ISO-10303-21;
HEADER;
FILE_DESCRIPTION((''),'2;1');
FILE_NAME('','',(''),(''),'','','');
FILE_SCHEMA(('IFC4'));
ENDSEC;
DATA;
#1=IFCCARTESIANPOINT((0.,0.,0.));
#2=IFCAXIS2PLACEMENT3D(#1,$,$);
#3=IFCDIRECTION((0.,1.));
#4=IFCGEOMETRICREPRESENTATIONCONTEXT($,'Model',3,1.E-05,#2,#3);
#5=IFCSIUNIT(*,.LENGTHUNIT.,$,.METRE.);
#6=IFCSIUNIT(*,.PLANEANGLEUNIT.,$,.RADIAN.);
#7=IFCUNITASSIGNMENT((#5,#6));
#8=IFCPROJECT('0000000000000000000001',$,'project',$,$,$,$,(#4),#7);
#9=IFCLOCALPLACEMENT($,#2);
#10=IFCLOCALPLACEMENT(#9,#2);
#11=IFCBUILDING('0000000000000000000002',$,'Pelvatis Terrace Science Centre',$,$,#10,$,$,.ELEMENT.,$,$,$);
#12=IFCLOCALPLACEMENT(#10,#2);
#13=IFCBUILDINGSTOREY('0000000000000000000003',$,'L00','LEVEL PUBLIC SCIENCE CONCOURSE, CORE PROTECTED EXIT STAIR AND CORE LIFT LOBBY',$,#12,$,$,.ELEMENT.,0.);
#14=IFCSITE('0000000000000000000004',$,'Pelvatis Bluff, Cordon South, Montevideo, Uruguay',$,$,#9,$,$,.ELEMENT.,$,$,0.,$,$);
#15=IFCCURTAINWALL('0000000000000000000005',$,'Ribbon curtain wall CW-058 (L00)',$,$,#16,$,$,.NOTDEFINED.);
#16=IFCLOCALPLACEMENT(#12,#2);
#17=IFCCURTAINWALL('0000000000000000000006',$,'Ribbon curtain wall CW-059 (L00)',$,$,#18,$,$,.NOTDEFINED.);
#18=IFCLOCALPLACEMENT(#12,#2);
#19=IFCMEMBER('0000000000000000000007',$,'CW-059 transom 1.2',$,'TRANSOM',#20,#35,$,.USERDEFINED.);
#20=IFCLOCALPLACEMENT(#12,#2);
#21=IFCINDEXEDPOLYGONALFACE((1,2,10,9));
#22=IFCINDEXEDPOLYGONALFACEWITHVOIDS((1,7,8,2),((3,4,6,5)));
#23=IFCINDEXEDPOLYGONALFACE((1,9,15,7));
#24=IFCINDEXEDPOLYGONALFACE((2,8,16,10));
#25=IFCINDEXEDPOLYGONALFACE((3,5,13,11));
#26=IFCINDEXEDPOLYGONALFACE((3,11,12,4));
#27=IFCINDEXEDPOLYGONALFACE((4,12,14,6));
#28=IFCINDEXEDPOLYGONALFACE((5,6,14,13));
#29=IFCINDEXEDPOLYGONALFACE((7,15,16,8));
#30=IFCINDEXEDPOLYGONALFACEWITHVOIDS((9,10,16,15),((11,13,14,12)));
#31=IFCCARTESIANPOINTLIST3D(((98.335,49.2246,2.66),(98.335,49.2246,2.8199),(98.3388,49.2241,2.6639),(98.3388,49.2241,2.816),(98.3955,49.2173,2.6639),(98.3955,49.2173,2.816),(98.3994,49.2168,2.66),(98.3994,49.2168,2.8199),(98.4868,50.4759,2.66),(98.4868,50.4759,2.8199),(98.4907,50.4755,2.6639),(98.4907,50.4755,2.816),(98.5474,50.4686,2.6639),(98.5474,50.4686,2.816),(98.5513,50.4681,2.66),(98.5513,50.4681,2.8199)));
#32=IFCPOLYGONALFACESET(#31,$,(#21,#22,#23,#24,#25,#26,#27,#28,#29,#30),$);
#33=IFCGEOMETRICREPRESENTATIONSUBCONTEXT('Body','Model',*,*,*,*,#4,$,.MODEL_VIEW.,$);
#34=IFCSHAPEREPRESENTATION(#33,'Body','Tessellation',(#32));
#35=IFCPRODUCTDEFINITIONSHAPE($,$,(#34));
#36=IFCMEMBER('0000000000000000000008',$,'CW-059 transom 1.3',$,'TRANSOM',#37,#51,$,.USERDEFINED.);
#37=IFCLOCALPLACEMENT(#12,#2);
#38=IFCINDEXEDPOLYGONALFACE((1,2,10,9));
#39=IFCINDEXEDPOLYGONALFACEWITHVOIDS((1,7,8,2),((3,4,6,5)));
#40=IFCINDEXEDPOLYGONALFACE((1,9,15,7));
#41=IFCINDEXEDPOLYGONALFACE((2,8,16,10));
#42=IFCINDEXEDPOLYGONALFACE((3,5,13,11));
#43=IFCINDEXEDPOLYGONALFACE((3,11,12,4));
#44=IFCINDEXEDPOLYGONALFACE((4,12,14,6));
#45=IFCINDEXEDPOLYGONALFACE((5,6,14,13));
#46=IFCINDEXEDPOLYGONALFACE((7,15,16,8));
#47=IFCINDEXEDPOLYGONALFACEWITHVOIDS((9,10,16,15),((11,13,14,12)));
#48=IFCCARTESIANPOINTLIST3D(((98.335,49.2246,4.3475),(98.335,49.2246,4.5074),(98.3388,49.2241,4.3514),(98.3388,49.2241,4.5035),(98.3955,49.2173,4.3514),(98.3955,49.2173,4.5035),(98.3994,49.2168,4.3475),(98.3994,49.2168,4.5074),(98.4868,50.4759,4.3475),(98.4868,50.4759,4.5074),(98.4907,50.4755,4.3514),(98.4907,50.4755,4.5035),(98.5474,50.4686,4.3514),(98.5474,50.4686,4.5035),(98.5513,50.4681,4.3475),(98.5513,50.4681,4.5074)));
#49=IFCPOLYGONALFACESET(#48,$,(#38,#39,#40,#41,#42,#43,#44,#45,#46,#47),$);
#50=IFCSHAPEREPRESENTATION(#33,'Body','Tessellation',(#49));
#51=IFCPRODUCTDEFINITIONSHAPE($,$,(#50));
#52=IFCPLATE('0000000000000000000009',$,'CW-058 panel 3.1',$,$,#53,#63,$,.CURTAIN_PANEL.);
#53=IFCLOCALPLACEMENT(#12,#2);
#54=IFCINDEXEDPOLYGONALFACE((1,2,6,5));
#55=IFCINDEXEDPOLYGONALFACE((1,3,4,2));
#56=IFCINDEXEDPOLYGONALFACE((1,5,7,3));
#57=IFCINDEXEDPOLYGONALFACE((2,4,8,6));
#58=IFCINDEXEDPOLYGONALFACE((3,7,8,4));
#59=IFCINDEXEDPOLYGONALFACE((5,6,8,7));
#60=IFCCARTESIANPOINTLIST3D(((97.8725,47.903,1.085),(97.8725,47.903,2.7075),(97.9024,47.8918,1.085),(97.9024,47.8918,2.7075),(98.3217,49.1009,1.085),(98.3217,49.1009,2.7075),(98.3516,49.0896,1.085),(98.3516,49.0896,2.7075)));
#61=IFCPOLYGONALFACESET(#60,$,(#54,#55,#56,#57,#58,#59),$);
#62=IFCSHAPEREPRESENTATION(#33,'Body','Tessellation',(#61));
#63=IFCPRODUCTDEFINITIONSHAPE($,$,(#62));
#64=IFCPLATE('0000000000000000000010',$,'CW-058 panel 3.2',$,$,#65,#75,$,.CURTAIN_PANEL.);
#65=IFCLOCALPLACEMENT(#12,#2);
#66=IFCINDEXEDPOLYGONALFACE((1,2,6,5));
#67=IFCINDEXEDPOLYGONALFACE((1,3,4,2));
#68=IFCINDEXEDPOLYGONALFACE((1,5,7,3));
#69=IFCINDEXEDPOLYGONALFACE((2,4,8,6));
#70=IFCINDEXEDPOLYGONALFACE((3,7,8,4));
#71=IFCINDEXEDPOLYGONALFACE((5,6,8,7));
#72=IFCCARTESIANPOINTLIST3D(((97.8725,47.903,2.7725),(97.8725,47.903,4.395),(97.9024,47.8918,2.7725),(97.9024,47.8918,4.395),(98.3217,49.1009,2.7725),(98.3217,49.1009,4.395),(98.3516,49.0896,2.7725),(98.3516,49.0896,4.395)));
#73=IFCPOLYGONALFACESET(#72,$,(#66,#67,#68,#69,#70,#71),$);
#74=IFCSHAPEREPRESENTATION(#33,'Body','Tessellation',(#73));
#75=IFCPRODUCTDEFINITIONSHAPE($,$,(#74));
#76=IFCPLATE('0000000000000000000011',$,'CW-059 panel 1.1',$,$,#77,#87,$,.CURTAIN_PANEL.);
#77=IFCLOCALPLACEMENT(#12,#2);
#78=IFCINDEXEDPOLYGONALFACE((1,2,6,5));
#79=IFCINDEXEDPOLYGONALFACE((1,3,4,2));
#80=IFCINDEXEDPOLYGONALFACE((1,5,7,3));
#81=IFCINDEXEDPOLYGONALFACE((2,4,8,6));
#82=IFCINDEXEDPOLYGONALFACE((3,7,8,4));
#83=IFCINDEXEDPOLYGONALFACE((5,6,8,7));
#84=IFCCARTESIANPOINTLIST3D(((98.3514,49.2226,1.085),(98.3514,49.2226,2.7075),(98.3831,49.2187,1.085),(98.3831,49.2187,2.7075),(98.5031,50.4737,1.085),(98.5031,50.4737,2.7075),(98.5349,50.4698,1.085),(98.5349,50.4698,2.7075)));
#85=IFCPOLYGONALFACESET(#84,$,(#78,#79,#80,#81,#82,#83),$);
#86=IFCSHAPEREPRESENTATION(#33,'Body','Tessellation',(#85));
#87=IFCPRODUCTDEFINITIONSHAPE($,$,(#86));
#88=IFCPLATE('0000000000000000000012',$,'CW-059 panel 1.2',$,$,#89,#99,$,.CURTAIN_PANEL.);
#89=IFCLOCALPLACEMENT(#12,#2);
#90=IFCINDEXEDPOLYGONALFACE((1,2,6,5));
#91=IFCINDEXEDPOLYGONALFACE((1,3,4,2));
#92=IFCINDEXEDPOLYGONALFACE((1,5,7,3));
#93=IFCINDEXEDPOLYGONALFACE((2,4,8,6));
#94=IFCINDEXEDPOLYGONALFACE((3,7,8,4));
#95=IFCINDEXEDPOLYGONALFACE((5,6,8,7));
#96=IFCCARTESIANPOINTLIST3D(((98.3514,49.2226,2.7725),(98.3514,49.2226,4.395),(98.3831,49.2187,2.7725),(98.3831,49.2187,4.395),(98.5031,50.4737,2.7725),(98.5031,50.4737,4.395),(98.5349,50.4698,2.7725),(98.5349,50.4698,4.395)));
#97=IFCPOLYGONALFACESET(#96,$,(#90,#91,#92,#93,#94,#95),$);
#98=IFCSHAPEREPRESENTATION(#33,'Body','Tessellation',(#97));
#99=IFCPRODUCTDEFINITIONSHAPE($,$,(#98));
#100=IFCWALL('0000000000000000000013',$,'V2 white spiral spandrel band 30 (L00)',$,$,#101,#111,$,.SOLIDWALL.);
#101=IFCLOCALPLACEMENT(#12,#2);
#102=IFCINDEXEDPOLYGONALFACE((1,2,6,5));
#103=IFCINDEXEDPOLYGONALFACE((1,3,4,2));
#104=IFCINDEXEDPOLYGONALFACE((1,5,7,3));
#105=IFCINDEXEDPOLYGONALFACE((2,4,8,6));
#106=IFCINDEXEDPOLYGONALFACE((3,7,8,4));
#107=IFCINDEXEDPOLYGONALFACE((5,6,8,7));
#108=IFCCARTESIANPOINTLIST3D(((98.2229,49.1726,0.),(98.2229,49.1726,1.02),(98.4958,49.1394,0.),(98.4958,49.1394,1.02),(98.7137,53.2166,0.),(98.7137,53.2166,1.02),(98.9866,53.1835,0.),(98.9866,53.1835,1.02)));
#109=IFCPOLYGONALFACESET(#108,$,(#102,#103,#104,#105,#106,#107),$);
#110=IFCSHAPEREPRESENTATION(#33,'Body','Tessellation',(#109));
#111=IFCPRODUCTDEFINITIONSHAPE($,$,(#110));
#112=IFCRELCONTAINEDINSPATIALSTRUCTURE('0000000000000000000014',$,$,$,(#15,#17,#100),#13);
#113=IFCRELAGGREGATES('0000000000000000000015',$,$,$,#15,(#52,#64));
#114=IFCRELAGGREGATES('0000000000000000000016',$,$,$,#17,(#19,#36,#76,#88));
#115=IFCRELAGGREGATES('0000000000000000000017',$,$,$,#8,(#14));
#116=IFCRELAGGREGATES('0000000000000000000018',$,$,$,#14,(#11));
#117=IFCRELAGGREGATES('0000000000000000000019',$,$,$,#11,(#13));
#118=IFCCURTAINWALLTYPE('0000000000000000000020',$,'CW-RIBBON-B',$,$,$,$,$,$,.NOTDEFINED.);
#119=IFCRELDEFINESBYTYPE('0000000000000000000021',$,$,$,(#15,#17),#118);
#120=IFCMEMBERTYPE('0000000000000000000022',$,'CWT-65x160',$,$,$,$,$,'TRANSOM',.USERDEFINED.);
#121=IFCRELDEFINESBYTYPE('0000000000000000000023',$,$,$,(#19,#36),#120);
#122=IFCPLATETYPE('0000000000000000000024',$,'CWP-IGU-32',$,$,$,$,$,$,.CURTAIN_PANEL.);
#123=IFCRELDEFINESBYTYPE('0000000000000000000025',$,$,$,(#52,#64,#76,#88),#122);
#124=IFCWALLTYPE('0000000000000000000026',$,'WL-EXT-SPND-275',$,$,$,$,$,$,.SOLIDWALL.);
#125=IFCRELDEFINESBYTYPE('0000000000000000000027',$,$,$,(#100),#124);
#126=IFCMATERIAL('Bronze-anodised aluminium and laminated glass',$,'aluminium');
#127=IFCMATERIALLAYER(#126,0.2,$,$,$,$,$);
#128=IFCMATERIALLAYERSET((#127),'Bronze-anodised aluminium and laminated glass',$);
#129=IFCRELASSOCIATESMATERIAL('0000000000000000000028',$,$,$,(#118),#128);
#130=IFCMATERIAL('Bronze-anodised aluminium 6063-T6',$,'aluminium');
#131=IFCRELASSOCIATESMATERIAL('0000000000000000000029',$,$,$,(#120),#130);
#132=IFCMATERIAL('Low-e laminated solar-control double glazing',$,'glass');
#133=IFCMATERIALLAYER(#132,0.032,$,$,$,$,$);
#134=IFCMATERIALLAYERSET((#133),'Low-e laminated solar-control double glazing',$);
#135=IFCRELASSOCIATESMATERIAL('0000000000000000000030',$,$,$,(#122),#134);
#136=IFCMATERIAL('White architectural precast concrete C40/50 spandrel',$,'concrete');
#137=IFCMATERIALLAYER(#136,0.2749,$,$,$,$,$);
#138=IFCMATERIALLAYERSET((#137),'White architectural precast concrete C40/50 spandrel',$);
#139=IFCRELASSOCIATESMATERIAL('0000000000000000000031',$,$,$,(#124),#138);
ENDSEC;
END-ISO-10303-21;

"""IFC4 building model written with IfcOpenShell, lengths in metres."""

from ifc_helpers import new_model, si_unit, direction, frame, frame_2d, origin, origin_2d, place, context, subcontext, project, spatial, rectangle, hollow_rectangle, extrude, material, layer, layer_set, material_profile, profile_set, type_object, element, aggregate, save


model = new_model("IFC4")

# Units and contexts
model_context = context("Model", 3, precision=1e-05, world=origin(), true_north=direction((0.0, 1.0)))
body_context = subcontext(model_context, "Body", "Model", "MODEL_VIEW")
ifc_project = project(units=[si_unit("LENGTHUNIT", "METRE"), si_unit("PLANEANGLEUNIT", "RADIAN")], contexts=[model_context])

# Site, building, storey
site_placement = place(None, origin())
site = spatial("IfcSite", under=ifc_project, at=site_placement, Name="Pelvatis Bluff, Cordon South, Montevideo, Uruguay", CompositionType="ELEMENT", RefElevation=0.0)
building_placement = place(site_placement, origin())
building = spatial("IfcBuilding", under=site, at=building_placement, Name="Pelvatis Terrace Science Centre", CompositionType="ELEMENT")
storey_placement = place(building_placement, origin())
storey = spatial("IfcBuildingStorey", under=building, at=storey_placement, Name="L00", Description="LEVEL PUBLIC SCIENCE CONCOURSE, CORE PROTECTED EXIT STAIR AND CORE LIFT LOBBY", CompositionType="ELEMENT", Elevation=0.0)

# Curtain wall
ifc_material_1 = material(Name="Bronze-anodised aluminium and laminated glass", Category="aluminium")
ifc_layer_1 = layer(ifc_material_1, 0.2)
ifc_layer_set_1 = layer_set([ifc_layer_1], Name="Bronze-anodised aluminium and laminated glass")
curtain_wall_type = type_object("IfcCurtainWallType", Name="CW-RIBBON-B", PredefinedType="NOTDEFINED", material=ifc_layer_set_1)
curtain_wall_1_placement = place(storey_placement, origin())
curtain_wall_1 = element("IfcCurtainWall", 1, at=curtain_wall_1_placement, inside=storey, type_object=curtain_wall_type, Name="Ribbon curtain wall CW-058 (L00)", PredefinedType="NOTDEFINED")

# Curtain wall, members
curtain_wall_2_placement = place(storey_placement, origin())
curtain_wall_2 = element("IfcCurtainWall", 2, at=curtain_wall_2_placement, inside=storey, type_object=curtain_wall_type, Name="Ribbon curtain wall CW-059 (L00)", PredefinedType="NOTDEFINED")
ifc_material_2 = material(Name="Bronze-anodised aluminium 6063-T6", Category="aluminium")
ifc_material_profile_1 = material_profile(ifc_material_2, hollow_rectangle(XDim=0.0649, YDim=0.1599, WallThickness=0.0039, at=origin_2d()), Name="ALU-TRN 65x160")
ifc_profile_set_1 = profile_set([ifc_material_profile_1], Name="Bronze-anodised aluminium 6063-T6")
member_type_1 = type_object("IfcMemberType", Name="CWT-65x160", ElementType="TRANSOM", PredefinedType="USERDEFINED", material=ifc_profile_set_1)
member_1_placement = place(storey_placement, frame((98.3672, 49.2207, 2.74), z_axis=(0.120482, 0.992716, 0.0), x_axis=(-0.992716, 0.120482, 0.0)))
member_1 = element("IfcMember", 3, at=member_1_placement, type_object=member_type_1, Name="CW-059 transom 1.2", ObjectType="TRANSOM", PredefinedType="USERDEFINED", context=body_context, shape_type="SweptSolid", body=[
    extrude(hollow_rectangle(XDim=0.0649, YDim=0.1599, WallThickness=0.0039, at=origin_2d()), origin(), (0.0, 0.0, 1.0), 1.2605),
])
member_2_placement = place(storey_placement, frame((98.3672, 49.2207, 4.4275), z_axis=(0.120482, 0.992716, 0.0), x_axis=(-0.992716, 0.120482, 0.0)))
member_2 = element("IfcMember", 4, at=member_2_placement, type_object=member_type_1, Name="CW-059 transom 1.3", ObjectType="TRANSOM", PredefinedType="USERDEFINED", context=body_context, shape_type="SweptSolid", body=[
    extrude(hollow_rectangle(XDim=0.0649, YDim=0.1599, WallThickness=0.0039, at=origin_2d()), origin(), (0.0, 0.0, 1.0), 1.2605),
])

# Plates
ifc_material_3 = material(Name="Low-e laminated solar-control double glazing", Category="glass")
ifc_layer_2 = layer(ifc_material_3, 0.032)
ifc_layer_set_2 = layer_set([ifc_layer_2], Name="Low-e laminated solar-control double glazing")
plate_type = type_object("IfcPlateType", Name="CWP-IGU-32", PredefinedType="CURTAIN_PANEL", material=ifc_layer_set_2)
plate_1_placement = place(storey_placement, frame((98.1121, 48.4963, 1.085), z_axis=(0.0, 0.0, 1.0), x_axis=(0.351153, 0.936318, 0.0)))
plate_1 = element("IfcPlate", 5, at=plate_1_placement, type_object=plate_type, Name="CW-058 panel 3.1", PredefinedType="CURTAIN_PANEL", context=body_context, shape_type="SweptSolid", body=[
    extrude(rectangle(XDim=1.2793, YDim=0.032, at=origin_2d()), origin(), (0.0, 0.0, 1.0), 1.6226),
])
plate_2_placement = place(storey_placement, frame((98.1121, 48.4963, 2.7725), z_axis=(0.0, 0.0, 1.0), x_axis=(0.351153, 0.936318, 0.0)))
plate_2 = element("IfcPlate", 6, at=plate_2_placement, type_object=plate_type, Name="CW-058 panel 3.2", PredefinedType="CURTAIN_PANEL", context=body_context, shape_type="SweptSolid", body=[
    extrude(rectangle(XDim=1.2793, YDim=0.032, at=origin_2d()), origin(), (0.0, 0.0, 1.0), 1.6226),
])
aggregate(curtain_wall_1, [plate_1, plate_2])
plate_3_placement = place(storey_placement, frame((98.4431, 49.8462, 1.085), z_axis=(0.0, 0.0, 1.0), x_axis=(0.120435, 0.992721, 0.0)))
plate_3 = element("IfcPlate", 7, at=plate_3_placement, type_object=plate_type, Name="CW-059 panel 1.1", PredefinedType="CURTAIN_PANEL", context=body_context, shape_type="SweptSolid", body=[
    extrude(rectangle(XDim=1.2603, YDim=0.032, at=origin_2d()), origin(), (0.0, 0.0, 1.0), 1.6226),
])
plate_4_placement = place(storey_placement, frame((98.4431, 49.8462, 2.7725), z_axis=(0.0, 0.0, 1.0), x_axis=(0.120435, 0.992721, 0.0)))
plate_4 = element("IfcPlate", 8, at=plate_4_placement, type_object=plate_type, Name="CW-059 panel 1.2", PredefinedType="CURTAIN_PANEL", context=body_context, shape_type="SweptSolid", body=[
    extrude(rectangle(XDim=1.2603, YDim=0.032, at=origin_2d()), origin(), (0.0, 0.0, 1.0), 1.6226),
])
aggregate(curtain_wall_2, [member_1, member_2, plate_3, plate_4])

# Wall
ifc_material_4 = material(Name="White architectural precast concrete C40/50 spandrel", Category="concrete")
ifc_layer_3 = layer(ifc_material_4, 0.2749)
ifc_layer_set_3 = layer_set([ifc_layer_3], Name="White architectural precast concrete C40/50 spandrel")
wall_type = type_object("IfcWallType", Name="WL-EXT-SPND-275", PredefinedType="SOLIDWALL", material=ifc_layer_set_3)
wall_placement = place(storey_placement, frame((98.3594, 49.156, 0.0), z_axis=(0.0, 0.0, 1.0), x_axis=(0.120464, 0.992718, 0.0)))
element("IfcWall", 9, at=wall_placement, inside=storey, type_object=wall_type, Name="V2 white spiral spandrel band 30 (L00)", PredefinedType="SOLIDWALL", context=body_context, shape_type="SweptSolid", body=[
    extrude(rectangle(XDim=4.0737, YDim=0.2749, at=frame_2d((2.0369, 0.0))), origin(), (0.0, 0.0, 1.0), 1.02),
])

save(model, "model.ifc")
